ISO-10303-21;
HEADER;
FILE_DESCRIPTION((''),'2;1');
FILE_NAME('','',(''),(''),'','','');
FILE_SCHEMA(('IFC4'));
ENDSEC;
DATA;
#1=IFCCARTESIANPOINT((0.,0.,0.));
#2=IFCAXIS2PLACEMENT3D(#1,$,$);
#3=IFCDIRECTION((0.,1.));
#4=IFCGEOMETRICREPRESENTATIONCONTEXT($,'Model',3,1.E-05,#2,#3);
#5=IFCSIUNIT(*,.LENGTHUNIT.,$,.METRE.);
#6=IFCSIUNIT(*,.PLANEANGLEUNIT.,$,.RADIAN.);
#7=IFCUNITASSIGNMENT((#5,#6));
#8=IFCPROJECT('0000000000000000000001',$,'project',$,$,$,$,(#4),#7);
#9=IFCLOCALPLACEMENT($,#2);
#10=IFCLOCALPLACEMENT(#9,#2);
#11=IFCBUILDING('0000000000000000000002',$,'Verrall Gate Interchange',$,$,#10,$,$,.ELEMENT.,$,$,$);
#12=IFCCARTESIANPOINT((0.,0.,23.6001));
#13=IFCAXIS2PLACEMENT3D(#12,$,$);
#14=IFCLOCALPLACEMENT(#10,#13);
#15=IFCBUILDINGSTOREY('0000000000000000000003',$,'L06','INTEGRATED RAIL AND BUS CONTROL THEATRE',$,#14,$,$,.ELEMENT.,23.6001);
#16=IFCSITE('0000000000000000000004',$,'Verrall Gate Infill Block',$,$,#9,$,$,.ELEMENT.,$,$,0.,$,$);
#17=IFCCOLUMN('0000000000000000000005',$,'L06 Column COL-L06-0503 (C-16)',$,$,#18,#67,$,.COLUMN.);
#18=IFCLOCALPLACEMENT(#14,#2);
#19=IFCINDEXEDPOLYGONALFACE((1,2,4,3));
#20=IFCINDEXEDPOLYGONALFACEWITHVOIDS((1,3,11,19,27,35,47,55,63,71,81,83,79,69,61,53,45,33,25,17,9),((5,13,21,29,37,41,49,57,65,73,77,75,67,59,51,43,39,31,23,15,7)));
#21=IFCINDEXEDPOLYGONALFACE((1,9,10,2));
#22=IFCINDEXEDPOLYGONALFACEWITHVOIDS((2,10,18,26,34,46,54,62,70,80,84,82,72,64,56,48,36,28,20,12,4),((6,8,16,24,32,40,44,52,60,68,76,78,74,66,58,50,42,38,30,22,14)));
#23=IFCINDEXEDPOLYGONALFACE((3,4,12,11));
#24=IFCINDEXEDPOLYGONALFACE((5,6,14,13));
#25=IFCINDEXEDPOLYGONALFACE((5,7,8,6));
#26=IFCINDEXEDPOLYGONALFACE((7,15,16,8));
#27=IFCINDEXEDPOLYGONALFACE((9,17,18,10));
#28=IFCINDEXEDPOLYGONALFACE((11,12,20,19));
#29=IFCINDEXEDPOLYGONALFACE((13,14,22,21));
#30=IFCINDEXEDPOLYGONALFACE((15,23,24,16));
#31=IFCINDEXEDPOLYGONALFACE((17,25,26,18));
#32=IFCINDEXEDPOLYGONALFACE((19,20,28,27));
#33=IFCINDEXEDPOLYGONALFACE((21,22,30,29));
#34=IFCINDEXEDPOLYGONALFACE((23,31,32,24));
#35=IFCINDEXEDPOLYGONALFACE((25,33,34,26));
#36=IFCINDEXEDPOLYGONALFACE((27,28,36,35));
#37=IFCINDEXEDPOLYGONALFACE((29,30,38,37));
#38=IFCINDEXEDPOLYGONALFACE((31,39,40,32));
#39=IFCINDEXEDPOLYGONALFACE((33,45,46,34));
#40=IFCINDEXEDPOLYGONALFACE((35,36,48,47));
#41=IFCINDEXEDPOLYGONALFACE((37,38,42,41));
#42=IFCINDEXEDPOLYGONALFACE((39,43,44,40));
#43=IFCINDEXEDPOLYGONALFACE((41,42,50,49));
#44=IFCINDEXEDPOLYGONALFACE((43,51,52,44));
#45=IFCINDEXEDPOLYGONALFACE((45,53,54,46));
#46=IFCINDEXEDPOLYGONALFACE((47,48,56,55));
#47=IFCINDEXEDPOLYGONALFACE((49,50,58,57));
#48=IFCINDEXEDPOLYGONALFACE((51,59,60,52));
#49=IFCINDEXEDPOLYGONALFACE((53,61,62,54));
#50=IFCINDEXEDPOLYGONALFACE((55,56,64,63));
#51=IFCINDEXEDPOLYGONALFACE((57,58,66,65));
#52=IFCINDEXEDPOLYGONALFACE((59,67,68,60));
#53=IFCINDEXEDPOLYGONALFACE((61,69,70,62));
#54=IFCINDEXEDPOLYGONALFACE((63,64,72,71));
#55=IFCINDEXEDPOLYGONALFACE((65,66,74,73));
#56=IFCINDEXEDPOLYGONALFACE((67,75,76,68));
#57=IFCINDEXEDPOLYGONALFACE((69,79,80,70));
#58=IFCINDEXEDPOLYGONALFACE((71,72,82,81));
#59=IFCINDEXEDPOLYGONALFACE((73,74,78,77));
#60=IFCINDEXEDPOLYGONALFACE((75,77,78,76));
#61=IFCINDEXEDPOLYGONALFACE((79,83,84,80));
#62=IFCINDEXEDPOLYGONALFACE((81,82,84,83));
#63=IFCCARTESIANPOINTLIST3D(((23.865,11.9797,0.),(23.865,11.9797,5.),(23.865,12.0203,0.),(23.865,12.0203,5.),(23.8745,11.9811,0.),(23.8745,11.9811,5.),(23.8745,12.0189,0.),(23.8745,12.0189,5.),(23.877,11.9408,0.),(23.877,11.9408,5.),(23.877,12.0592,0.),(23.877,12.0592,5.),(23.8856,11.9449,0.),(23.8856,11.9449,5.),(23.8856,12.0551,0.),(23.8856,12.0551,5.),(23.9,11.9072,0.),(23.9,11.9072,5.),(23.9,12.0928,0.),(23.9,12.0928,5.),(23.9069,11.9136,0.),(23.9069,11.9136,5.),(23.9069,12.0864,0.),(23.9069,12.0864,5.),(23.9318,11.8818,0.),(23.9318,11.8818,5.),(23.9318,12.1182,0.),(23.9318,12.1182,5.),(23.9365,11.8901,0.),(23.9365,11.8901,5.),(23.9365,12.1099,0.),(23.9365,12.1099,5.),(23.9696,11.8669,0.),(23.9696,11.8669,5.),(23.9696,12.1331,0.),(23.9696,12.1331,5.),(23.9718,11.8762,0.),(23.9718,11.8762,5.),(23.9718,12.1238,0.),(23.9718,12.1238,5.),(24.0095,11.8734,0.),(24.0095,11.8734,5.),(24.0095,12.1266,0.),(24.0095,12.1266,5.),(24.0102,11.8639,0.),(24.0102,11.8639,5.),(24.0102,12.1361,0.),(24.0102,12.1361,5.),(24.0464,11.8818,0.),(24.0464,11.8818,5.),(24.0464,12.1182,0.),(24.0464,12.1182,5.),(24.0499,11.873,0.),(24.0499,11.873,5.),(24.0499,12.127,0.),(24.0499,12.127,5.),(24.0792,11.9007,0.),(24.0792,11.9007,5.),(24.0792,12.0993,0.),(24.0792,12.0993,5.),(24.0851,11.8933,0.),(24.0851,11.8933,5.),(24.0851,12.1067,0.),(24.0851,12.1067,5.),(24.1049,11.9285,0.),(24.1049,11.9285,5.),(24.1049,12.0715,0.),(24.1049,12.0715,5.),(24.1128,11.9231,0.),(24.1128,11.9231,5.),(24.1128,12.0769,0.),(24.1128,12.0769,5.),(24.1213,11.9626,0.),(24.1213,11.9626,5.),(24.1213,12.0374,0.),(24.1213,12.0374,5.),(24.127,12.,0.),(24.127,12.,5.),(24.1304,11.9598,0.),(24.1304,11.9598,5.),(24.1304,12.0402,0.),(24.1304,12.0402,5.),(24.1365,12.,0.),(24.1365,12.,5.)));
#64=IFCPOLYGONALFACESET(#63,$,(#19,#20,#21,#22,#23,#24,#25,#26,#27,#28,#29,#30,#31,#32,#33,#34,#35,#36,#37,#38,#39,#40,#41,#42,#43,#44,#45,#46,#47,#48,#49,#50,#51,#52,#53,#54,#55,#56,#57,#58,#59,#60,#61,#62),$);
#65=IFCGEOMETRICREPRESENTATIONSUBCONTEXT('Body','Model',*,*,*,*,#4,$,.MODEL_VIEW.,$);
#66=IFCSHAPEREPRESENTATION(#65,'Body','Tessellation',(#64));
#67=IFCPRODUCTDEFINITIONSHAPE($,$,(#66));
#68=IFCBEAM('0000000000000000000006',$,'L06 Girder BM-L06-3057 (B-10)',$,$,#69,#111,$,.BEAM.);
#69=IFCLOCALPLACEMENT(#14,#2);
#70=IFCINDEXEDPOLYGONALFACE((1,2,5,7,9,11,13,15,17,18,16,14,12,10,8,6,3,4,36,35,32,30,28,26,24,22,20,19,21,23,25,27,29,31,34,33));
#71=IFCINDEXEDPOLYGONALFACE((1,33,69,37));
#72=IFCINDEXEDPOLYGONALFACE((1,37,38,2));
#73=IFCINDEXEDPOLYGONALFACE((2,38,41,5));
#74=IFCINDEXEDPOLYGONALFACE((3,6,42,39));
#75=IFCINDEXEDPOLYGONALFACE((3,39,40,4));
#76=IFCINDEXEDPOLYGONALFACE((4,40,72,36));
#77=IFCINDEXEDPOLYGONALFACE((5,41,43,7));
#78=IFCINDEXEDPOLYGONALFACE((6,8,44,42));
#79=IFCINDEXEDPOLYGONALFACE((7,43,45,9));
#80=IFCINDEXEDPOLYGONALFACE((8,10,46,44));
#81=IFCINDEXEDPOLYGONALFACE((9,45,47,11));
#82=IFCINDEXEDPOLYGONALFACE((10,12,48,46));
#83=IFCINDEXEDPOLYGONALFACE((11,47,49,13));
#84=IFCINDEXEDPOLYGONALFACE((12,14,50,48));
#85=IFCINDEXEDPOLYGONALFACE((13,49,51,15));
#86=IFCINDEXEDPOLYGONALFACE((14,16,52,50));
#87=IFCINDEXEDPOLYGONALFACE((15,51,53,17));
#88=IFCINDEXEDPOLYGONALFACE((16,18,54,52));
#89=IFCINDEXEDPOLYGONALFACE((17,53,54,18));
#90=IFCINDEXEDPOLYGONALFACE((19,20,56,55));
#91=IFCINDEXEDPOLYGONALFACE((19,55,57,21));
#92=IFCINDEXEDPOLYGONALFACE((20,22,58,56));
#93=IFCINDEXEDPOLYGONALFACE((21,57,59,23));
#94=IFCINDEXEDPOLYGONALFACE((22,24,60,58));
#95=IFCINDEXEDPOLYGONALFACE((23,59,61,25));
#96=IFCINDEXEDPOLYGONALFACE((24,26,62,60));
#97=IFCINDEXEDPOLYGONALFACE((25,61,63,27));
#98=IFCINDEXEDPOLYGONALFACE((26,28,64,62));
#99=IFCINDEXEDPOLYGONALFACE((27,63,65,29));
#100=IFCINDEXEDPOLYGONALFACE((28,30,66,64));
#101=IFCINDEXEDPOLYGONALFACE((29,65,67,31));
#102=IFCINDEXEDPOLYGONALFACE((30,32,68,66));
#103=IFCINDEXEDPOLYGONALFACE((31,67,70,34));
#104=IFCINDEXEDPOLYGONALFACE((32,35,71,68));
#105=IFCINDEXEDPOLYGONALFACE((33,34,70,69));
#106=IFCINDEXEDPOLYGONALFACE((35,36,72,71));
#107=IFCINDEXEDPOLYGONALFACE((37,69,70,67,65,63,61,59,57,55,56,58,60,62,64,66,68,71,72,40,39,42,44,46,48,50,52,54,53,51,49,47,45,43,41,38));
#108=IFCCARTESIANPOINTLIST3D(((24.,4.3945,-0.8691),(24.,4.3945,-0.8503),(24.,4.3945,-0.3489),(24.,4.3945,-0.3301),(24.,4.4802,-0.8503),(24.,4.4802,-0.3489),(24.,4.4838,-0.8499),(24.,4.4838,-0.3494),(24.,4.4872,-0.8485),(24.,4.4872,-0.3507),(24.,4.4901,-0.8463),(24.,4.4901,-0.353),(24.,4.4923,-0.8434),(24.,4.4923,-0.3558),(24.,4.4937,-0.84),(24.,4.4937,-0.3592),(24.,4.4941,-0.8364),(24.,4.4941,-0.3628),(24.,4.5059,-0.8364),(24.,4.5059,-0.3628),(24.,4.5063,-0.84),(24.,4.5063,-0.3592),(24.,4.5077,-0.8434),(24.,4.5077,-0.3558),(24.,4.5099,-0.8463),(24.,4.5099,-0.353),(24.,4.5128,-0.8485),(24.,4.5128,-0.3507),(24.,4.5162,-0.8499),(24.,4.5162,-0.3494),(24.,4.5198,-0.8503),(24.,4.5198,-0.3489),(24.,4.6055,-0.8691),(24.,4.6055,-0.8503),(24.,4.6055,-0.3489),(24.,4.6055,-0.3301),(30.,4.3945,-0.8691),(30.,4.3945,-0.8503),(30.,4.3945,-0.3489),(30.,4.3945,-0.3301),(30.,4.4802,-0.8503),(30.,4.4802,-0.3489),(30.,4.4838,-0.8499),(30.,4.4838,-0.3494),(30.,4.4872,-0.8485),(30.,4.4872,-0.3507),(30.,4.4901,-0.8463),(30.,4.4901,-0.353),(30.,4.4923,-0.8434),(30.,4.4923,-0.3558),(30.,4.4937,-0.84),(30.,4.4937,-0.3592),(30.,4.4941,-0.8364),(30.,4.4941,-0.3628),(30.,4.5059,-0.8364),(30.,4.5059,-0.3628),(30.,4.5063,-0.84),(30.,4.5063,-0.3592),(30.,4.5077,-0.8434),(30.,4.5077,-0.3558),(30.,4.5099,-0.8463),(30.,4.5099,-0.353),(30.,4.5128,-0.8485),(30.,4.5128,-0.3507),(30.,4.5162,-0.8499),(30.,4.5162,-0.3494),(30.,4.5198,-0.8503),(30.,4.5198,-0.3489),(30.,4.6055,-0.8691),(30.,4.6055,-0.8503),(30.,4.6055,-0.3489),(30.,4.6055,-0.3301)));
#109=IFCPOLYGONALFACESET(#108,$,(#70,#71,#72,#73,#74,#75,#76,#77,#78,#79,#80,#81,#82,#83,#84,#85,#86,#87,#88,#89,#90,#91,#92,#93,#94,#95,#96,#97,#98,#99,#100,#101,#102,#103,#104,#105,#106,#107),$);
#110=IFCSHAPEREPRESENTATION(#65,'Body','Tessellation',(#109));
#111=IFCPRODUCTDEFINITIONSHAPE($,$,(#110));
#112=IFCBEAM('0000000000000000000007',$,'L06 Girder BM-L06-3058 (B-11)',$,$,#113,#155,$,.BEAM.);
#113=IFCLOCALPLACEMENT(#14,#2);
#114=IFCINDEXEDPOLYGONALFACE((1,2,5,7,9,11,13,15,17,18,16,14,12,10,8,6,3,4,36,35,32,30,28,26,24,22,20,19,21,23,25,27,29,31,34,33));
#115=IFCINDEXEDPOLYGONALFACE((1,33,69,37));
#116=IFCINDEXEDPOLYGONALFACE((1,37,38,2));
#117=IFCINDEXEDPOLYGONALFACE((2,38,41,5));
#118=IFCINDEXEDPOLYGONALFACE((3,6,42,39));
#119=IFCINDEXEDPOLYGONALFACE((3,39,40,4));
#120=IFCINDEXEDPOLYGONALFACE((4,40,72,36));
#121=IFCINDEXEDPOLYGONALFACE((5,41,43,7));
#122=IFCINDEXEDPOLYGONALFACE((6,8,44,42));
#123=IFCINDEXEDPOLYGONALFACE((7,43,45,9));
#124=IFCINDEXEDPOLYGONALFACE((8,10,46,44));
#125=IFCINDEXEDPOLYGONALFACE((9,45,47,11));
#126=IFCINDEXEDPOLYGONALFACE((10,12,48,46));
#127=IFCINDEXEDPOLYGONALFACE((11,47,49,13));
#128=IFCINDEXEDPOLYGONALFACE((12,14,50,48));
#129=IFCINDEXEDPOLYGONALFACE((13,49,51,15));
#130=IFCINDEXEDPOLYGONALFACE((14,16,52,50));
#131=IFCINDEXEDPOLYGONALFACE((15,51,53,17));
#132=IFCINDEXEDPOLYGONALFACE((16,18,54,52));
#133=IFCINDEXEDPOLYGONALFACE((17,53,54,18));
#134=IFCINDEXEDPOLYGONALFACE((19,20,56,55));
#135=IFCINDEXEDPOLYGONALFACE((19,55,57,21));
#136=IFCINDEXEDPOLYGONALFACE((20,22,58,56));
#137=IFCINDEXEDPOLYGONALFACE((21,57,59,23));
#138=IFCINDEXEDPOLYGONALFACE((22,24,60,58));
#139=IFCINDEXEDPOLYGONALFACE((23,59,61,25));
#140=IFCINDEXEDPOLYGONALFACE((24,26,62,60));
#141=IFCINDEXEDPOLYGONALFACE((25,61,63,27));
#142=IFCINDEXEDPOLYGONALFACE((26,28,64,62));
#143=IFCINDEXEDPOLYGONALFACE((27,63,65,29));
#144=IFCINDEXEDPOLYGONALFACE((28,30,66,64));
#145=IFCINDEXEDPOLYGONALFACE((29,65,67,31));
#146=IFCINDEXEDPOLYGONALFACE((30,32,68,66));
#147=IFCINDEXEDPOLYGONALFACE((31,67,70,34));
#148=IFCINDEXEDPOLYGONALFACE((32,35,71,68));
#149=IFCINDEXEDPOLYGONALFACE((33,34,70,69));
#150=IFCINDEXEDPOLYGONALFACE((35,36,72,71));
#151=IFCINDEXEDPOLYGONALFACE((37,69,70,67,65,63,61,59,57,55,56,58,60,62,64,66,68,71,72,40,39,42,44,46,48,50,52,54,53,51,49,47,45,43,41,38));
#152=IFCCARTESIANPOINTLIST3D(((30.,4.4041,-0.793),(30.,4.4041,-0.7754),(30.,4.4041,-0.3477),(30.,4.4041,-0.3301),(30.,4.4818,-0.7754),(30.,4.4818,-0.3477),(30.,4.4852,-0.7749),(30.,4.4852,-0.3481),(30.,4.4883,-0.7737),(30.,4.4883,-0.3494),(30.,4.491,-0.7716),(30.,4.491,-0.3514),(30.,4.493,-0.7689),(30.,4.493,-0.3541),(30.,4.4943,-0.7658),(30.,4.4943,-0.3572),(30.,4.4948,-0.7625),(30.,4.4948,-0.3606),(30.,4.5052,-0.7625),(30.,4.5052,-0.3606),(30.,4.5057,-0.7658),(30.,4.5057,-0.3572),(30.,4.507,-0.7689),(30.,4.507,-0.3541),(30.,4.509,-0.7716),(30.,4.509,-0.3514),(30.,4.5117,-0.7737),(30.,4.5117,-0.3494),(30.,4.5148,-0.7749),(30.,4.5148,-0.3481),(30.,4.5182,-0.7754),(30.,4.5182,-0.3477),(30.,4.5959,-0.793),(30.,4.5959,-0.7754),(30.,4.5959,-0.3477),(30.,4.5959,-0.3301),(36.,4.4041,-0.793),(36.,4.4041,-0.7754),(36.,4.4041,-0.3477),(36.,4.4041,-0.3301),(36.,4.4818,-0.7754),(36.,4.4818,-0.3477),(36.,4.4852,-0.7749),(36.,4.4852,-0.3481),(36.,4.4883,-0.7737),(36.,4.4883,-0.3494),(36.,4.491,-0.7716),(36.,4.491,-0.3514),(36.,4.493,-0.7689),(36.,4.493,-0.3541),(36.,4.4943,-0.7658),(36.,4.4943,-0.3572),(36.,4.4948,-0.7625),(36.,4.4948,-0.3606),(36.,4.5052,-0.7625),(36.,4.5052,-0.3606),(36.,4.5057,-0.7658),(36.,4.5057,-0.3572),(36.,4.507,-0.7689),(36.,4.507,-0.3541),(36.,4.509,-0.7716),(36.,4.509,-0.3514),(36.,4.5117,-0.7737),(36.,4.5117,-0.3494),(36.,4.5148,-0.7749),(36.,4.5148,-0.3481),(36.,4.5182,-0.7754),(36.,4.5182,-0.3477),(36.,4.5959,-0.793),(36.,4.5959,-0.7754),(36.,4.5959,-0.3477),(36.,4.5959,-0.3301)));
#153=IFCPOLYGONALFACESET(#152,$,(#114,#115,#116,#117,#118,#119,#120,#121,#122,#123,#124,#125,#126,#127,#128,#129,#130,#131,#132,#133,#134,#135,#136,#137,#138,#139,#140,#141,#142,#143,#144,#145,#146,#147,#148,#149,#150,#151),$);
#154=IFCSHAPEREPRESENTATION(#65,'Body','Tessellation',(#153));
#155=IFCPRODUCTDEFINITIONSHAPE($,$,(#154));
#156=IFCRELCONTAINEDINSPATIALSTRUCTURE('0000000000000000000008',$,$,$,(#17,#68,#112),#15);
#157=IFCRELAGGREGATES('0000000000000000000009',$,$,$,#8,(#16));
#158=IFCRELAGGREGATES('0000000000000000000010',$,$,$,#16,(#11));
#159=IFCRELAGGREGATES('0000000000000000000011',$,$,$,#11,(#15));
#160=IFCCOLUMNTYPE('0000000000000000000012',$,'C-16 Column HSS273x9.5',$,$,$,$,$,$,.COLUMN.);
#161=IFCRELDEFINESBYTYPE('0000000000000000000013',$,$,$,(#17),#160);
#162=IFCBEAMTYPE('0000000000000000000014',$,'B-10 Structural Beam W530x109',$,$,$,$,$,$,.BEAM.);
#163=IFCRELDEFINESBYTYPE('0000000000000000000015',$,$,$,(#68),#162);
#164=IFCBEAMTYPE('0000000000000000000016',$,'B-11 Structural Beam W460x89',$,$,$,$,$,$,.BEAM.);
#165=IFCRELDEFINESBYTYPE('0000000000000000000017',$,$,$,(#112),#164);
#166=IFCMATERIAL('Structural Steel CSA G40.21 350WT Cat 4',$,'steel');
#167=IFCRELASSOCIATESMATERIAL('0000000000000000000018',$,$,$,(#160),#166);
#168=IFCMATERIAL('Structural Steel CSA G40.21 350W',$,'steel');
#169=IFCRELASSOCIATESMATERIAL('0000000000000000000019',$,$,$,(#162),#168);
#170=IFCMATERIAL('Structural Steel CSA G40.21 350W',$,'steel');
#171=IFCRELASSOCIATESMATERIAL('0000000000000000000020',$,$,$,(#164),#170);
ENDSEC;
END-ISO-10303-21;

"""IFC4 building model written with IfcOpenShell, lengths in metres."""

from ifc_helpers import new_model, si_unit, direction, frame, origin, origin_2d, place, context, subcontext, project, spatial, hollow_circle, i_section, extrude, material, material_profile, profile_set, type_object, element, save


model = new_model("IFC4")

# Units and contexts
model_context = context("Model", 3, precision=1e-05, world=origin(), true_north=direction((0.0, 1.0)))
body_context = subcontext(model_context, "Body", "Model", "MODEL_VIEW")
ifc_project = project(units=[si_unit("LENGTHUNIT", "METRE"), si_unit("PLANEANGLEUNIT", "RADIAN")], contexts=[model_context])

# Site, building, storey
site_placement = place(None, origin())
site = spatial("IfcSite", under=ifc_project, at=site_placement, Name="Verrall Gate Infill Block", CompositionType="ELEMENT", RefElevation=0.0)
building_placement = place(site_placement, origin())
building = spatial("IfcBuilding", under=site, at=building_placement, Name="Verrall Gate Interchange", CompositionType="ELEMENT")
storey_placement = place(building_placement, frame((0.0, 0.0, 23.6001)))
storey = spatial("IfcBuildingStorey", under=building, at=storey_placement, Name="L06", Description="INTEGRATED RAIL AND BUS CONTROL THEATRE", CompositionType="ELEMENT", Elevation=23.6001)

# Column
ifc_material_1 = material(Name="Structural Steel CSA G40.21 350WT Cat 4", Category="steel")
ifc_material_profile_1 = material_profile(ifc_material_1, hollow_circle(Radius=0.1365, WallThickness=0.0095, at=origin_2d()), Name="HSS273x9.5")
ifc_profile_set_1 = profile_set([ifc_material_profile_1], Name="Structural Steel CSA G40.21 350WT Cat 4")
column_type_1 = type_object("IfcColumnType", Name="C-16 Column HSS273x9.5", PredefinedType="COLUMN", material=ifc_profile_set_1)
for number, where, z_axis, x_axis, name in (
    (1, (24.0, 12.0, 0.0), (0.0, 0.0, 1.0), (1.0, 0.0, 0.0), "L06 Column COL-L06-0503 (C-16)"),
):
    element("IfcColumn", number, at=place(storey_placement, frame(where, z_axis=z_axis, x_axis=x_axis)), inside=storey, type_object=column_type_1, Name=name, PredefinedType="COLUMN", context=body_context, shape_type="SweptSolid", body=[
        extrude(hollow_circle(Radius=0.1365, WallThickness=0.0095, at=origin_2d()), origin(), (0.0, 0.0, 1.0), 5.0),
    ])

# Beams
ifc_material_2 = material(Name="Structural Steel CSA G40.21 350W", Category="steel")
ifc_material_profile_2 = material_profile(ifc_material_2, i_section(OverallWidth=0.2109, OverallDepth=0.5391, WebThickness=0.0117, FlangeThickness=0.0188, FilletRadius=0.0139, at=origin_2d()), Name="W530x109")
ifc_profile_set_2 = profile_set([ifc_material_profile_2], Name="Structural Steel CSA G40.21 350W")
beam_type_1 = type_object("IfcBeamType", Name="B-10 Structural Beam W530x109", PredefinedType="BEAM", material=ifc_profile_set_2)
beam_1_placement = place(storey_placement, frame((24.0, 4.5, -0.5996), z_axis=(1.0, 0.0, 0.0), x_axis=(0.0, 1.0, 0.0)))
element("IfcBeam", 2, at=beam_1_placement, inside=storey, type_object=beam_type_1, Name="L06 Girder BM-L06-3057 (B-10)", PredefinedType="BEAM", context=body_context, shape_type="SweptSolid", body=[
    extrude(i_section(OverallWidth=0.2109, OverallDepth=0.5391, WebThickness=0.0117, FlangeThickness=0.0188, FilletRadius=0.0139, at=origin_2d()), origin(), (0.0, 0.0, 1.0), 6.0),
])
ifc_material_3 = material(Name="Structural Steel CSA G40.21 350W", Category="steel")
ifc_material_profile_3 = material_profile(ifc_material_3, i_section(OverallWidth=0.1919, OverallDepth=0.4629, WebThickness=0.0105, FlangeThickness=0.0176, FilletRadius=0.0129, at=origin_2d()), Name="W460x89")
ifc_profile_set_3 = profile_set([ifc_material_profile_3], Name="Structural Steel CSA G40.21 350W")
beam_type_2 = type_object("IfcBeamType", Name="B-11 Structural Beam W460x89", PredefinedType="BEAM", material=ifc_profile_set_3)
beam_2_placement = place(storey_placement, frame((30.0, 4.5, -0.5615), z_axis=(1.0, 0.0, 0.0), x_axis=(0.0, 1.0, 0.0)))
element("IfcBeam", 3, at=beam_2_placement, inside=storey, type_object=beam_type_2, Name="L06 Girder BM-L06-3058 (B-11)", PredefinedType="BEAM", context=body_context, shape_type="SweptSolid", body=[
    extrude(i_section(OverallWidth=0.1919, OverallDepth=0.4629, WebThickness=0.0105, FlangeThickness=0.0176, FilletRadius=0.0129, at=origin_2d()), origin(), (0.0, 0.0, 1.0), 6.0),
])

save(model, "model.ifc")
